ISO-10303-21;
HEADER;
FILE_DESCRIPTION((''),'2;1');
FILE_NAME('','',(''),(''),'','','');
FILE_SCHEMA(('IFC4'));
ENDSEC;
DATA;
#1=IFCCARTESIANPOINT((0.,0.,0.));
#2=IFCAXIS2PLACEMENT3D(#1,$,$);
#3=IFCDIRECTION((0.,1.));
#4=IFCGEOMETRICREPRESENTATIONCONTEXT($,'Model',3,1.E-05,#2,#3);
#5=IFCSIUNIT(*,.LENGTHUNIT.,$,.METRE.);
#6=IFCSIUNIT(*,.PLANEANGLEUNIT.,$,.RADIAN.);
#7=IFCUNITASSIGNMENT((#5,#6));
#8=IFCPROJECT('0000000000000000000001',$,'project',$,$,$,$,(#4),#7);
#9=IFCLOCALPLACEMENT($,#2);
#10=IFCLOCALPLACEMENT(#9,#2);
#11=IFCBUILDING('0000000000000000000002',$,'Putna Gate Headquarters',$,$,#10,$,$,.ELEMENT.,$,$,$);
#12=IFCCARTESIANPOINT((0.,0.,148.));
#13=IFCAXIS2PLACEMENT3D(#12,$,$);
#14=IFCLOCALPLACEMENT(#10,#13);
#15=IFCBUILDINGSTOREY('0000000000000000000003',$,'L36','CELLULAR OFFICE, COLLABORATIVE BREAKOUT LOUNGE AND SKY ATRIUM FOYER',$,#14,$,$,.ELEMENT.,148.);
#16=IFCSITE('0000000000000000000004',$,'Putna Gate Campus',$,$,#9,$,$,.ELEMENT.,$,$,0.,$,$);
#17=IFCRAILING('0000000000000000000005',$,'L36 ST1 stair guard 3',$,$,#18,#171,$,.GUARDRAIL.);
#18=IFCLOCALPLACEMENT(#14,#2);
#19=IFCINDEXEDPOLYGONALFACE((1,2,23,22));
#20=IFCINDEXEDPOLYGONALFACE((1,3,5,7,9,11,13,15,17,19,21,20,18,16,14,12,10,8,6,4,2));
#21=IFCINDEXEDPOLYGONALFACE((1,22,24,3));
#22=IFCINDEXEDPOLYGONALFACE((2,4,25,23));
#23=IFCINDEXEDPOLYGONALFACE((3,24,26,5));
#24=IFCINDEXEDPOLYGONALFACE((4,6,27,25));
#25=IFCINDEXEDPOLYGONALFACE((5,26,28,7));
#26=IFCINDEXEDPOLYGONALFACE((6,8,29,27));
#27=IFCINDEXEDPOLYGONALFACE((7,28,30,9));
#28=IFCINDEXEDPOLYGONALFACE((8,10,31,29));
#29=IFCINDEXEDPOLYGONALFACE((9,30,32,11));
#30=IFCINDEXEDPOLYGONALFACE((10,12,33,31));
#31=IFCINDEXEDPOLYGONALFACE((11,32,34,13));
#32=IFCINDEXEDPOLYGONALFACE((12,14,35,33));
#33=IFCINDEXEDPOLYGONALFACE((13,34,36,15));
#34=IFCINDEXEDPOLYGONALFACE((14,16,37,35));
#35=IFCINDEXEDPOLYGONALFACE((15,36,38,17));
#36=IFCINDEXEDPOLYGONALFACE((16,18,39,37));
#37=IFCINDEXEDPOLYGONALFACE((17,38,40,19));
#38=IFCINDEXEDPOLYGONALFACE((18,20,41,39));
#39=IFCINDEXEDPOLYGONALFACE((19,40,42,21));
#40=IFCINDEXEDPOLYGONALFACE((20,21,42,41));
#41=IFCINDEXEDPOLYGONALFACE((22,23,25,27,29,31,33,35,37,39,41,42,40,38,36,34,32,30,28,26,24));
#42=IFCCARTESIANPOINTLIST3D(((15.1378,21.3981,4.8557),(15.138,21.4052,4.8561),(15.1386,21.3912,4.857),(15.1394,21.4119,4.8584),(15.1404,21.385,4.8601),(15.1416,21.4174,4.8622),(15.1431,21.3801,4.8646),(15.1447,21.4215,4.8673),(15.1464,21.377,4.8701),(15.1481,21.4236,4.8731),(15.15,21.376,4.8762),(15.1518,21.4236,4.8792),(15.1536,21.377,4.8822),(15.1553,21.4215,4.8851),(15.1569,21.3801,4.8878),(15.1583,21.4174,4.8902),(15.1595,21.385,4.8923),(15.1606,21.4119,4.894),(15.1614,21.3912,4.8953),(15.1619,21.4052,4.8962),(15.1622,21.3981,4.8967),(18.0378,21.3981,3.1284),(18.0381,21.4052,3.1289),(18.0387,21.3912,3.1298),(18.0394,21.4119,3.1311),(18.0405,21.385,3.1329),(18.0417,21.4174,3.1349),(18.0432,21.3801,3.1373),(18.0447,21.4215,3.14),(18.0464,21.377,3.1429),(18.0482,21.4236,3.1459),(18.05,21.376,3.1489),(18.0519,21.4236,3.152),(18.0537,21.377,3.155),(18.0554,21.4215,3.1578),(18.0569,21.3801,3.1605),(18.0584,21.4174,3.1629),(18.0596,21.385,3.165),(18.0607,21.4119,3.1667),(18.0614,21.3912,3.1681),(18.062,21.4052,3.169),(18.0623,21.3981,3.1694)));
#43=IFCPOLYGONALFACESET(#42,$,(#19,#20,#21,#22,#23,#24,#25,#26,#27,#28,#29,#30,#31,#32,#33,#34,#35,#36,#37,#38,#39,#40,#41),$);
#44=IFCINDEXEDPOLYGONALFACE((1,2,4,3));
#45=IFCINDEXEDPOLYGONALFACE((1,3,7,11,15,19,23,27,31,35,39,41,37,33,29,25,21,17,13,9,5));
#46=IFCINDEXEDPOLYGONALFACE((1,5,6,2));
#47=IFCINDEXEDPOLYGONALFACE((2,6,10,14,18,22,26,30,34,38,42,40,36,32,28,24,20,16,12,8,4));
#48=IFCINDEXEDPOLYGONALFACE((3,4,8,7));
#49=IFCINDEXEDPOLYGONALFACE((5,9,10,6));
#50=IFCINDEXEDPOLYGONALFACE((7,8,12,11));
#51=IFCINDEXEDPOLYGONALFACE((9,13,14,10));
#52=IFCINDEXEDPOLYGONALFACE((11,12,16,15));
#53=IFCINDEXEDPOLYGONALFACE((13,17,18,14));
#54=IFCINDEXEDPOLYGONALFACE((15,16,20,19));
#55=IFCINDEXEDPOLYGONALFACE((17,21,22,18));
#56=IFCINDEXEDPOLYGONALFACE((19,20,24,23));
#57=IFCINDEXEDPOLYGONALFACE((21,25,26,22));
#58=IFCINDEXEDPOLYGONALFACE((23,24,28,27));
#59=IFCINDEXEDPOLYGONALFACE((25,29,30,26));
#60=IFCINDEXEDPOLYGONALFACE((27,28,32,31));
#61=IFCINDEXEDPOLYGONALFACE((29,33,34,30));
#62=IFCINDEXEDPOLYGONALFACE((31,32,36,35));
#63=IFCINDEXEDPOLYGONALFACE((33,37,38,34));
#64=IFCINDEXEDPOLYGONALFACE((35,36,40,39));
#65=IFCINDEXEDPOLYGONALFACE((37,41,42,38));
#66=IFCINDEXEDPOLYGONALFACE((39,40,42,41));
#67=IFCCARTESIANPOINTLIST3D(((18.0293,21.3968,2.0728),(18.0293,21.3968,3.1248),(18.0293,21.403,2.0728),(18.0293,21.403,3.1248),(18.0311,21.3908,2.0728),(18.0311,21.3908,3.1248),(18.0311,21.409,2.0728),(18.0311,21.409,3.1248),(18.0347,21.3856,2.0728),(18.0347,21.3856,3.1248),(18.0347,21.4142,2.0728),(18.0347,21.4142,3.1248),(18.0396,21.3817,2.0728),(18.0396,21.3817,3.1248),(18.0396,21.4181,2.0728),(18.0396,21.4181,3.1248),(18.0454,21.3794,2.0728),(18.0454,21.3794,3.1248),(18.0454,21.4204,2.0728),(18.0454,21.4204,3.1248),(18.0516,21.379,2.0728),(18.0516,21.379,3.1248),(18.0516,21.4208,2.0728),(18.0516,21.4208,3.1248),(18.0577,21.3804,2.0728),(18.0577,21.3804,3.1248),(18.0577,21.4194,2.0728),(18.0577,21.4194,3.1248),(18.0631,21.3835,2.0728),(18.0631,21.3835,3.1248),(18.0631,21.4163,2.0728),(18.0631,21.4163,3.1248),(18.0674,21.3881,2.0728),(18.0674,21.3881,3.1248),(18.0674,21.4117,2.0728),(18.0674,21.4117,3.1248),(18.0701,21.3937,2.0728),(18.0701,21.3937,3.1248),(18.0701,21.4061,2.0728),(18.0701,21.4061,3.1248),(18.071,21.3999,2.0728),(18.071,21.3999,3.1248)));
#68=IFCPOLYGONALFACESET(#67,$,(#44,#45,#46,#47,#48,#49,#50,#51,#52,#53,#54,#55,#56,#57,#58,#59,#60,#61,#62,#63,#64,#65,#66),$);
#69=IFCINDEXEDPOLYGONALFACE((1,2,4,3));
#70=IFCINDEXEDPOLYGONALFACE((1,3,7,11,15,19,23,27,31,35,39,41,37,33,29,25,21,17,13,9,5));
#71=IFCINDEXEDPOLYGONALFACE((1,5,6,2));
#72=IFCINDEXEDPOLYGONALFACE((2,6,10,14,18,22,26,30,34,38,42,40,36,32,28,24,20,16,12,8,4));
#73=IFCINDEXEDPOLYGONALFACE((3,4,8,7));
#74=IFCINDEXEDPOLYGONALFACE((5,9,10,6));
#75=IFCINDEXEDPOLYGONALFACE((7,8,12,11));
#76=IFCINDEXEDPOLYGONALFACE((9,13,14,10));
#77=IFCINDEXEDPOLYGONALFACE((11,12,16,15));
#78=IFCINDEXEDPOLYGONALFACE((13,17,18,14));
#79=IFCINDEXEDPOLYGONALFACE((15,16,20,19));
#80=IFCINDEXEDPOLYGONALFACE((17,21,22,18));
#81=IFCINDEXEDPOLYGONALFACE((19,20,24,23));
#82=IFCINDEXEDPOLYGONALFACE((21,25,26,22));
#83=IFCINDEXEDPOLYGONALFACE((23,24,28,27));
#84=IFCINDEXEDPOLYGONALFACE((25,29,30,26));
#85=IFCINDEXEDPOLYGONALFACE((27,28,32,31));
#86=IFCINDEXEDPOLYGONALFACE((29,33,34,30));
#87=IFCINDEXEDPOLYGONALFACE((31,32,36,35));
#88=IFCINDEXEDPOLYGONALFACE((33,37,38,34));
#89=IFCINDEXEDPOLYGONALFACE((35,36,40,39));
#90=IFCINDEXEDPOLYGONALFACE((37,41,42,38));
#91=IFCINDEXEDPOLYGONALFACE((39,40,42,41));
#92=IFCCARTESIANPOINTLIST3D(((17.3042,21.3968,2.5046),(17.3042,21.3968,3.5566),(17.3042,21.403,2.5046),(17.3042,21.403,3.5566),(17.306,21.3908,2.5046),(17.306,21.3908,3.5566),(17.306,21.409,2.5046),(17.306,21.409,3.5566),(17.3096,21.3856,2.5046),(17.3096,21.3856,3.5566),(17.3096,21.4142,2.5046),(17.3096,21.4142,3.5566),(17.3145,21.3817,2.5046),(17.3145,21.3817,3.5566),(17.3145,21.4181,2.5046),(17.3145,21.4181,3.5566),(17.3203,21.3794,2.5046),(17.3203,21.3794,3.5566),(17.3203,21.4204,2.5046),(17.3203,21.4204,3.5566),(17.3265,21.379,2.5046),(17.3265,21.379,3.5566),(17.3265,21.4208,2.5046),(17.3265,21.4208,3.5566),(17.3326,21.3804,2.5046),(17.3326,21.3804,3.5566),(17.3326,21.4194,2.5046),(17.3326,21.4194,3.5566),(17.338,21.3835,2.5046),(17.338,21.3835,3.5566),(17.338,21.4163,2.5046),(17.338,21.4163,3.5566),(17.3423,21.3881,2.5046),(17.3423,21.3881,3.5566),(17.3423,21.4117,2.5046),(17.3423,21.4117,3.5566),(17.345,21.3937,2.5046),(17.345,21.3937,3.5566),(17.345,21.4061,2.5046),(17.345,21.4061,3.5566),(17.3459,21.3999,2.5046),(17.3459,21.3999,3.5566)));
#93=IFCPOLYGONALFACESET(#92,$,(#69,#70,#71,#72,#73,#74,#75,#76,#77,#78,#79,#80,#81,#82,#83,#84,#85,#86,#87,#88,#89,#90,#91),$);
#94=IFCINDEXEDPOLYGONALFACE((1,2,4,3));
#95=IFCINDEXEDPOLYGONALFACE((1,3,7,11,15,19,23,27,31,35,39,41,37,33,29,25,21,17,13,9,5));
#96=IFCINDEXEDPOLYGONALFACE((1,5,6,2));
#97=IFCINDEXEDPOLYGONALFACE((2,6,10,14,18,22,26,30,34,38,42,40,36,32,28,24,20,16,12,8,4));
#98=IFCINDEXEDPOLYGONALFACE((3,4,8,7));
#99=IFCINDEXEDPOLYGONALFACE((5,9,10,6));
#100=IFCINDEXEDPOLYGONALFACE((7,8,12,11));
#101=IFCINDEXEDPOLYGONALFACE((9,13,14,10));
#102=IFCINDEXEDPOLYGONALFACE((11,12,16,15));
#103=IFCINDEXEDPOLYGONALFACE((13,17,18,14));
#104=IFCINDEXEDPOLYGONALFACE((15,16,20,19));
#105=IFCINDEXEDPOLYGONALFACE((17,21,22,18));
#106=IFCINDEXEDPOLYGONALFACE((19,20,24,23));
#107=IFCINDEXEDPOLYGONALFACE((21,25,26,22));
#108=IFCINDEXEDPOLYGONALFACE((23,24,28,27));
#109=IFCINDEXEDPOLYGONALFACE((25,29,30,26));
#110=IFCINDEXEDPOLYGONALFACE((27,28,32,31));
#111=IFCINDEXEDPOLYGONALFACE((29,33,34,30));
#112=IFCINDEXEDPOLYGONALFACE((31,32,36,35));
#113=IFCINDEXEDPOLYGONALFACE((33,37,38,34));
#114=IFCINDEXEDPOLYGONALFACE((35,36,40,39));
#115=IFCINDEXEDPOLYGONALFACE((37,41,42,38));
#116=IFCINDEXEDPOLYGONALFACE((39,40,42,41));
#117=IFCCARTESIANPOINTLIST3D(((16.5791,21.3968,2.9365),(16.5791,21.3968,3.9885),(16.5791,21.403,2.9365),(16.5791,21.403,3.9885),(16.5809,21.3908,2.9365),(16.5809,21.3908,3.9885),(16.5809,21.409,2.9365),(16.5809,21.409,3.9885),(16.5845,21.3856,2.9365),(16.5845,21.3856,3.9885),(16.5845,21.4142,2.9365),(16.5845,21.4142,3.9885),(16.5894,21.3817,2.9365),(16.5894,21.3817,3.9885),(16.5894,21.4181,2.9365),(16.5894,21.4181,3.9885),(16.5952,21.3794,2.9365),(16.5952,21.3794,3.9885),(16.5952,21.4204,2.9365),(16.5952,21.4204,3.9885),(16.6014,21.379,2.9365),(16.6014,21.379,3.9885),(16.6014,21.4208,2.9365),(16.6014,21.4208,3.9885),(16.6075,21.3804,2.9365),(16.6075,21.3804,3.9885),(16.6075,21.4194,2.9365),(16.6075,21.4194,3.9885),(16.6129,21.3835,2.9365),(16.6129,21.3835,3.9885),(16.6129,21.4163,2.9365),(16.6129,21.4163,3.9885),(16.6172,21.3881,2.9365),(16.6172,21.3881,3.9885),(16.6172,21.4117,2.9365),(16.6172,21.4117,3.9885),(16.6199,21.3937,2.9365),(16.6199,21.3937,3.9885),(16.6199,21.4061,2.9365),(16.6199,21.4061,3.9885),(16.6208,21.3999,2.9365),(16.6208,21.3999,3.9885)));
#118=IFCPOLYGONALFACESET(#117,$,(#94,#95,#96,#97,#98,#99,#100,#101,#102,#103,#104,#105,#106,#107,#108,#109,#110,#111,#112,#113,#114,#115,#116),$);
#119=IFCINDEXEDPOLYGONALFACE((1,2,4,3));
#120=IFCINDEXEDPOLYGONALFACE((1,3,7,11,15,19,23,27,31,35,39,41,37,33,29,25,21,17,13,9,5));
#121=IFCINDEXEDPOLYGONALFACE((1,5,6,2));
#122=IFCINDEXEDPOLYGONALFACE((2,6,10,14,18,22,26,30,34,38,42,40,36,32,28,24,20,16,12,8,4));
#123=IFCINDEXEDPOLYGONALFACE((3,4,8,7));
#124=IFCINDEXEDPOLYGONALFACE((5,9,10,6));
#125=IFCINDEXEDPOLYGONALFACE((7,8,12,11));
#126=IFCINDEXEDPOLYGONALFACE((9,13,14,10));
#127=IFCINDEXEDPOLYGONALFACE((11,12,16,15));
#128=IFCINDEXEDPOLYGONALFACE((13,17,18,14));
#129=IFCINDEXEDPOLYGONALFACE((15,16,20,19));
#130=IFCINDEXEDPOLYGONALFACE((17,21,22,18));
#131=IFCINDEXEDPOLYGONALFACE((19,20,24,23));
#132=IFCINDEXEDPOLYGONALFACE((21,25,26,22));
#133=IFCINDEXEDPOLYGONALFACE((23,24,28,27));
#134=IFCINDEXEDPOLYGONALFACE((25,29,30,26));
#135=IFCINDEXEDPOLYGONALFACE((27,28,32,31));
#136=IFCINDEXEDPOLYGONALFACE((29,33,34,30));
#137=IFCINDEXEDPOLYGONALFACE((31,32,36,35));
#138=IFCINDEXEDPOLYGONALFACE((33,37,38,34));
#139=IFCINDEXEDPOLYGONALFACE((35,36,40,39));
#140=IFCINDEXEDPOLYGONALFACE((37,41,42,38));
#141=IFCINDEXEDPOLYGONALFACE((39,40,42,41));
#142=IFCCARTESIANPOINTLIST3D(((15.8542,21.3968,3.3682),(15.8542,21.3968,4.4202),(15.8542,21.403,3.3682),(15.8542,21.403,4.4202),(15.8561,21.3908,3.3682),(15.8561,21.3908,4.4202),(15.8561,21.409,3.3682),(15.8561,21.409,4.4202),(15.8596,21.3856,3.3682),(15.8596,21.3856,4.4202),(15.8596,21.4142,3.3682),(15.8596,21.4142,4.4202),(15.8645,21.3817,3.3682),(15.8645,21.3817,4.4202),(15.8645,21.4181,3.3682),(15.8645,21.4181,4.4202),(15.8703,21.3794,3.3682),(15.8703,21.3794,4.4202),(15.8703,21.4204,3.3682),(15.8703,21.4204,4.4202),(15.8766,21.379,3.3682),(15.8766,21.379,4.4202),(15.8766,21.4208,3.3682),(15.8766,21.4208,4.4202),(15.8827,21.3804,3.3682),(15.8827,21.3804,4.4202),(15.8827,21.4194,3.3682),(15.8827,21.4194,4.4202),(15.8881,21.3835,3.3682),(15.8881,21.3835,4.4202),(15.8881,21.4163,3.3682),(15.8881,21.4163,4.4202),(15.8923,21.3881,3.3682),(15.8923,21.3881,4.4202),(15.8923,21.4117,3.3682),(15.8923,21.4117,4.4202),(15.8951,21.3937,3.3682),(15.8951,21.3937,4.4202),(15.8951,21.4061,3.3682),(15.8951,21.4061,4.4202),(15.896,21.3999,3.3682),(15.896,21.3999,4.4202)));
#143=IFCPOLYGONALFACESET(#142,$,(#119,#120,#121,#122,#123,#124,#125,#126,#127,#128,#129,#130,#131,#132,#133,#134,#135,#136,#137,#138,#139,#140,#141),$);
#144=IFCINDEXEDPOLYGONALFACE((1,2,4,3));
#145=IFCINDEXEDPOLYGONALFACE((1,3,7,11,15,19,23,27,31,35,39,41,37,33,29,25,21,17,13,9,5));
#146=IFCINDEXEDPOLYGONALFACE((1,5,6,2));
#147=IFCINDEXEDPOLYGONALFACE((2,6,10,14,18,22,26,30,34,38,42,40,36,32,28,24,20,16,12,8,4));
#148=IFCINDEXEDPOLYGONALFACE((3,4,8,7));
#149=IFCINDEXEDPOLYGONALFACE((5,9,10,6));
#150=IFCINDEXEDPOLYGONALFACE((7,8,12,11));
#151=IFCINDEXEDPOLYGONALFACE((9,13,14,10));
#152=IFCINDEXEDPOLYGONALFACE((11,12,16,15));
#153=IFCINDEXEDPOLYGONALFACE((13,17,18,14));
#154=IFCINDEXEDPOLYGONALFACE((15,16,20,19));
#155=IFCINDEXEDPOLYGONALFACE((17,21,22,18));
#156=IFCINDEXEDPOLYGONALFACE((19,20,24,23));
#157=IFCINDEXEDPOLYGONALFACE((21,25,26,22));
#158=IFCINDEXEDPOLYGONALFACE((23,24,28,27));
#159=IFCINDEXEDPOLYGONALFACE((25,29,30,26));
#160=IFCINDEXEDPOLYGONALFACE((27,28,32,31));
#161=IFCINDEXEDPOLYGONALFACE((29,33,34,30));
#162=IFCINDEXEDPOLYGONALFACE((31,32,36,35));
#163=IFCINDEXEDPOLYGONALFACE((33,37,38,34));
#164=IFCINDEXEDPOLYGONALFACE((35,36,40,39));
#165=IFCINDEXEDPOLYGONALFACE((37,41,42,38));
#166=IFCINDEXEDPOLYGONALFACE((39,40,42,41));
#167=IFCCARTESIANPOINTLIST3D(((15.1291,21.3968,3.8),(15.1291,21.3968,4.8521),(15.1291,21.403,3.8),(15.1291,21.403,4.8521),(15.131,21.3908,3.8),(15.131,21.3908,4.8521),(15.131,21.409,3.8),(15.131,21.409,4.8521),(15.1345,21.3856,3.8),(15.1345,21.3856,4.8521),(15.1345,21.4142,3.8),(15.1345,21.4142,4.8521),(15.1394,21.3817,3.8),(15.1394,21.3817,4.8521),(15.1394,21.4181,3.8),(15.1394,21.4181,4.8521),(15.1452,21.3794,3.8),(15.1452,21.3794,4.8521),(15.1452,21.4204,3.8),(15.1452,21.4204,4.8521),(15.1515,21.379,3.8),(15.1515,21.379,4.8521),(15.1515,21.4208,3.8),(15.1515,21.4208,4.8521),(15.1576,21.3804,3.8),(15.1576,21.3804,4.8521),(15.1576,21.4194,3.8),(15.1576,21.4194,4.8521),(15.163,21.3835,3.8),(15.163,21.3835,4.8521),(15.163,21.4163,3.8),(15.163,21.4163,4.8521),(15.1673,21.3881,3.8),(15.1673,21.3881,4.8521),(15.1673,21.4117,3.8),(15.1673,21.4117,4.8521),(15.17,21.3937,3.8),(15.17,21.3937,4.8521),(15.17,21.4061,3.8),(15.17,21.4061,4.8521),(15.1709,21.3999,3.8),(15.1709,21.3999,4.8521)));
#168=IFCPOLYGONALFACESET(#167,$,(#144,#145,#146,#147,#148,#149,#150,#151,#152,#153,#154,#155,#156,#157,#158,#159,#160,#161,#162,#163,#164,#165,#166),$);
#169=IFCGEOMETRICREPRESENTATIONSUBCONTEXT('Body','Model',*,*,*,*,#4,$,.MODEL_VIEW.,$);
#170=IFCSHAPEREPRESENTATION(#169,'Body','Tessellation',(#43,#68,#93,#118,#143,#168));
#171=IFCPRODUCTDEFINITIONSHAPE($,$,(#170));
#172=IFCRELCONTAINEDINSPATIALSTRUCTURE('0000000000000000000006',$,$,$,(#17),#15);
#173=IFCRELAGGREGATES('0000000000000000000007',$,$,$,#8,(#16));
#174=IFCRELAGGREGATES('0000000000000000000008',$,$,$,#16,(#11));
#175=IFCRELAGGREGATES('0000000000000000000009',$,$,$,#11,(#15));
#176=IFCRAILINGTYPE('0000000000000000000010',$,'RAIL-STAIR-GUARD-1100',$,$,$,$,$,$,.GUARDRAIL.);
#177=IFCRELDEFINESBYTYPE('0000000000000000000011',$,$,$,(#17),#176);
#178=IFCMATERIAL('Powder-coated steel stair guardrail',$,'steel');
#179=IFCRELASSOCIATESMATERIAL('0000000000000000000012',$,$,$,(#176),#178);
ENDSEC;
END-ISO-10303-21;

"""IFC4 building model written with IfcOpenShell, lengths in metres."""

from ifc_helpers import new_model, si_unit, direction, frame, origin, origin_2d, place, context, subcontext, project, spatial, circle, extrude, material, type_object, element, save


model = new_model("IFC4")

# Units and contexts
model_context = context("Model", 3, precision=1e-05, world=origin(), true_north=direction((0.0, 1.0)))
body_context = subcontext(model_context, "Body", "Model", "MODEL_VIEW")
ifc_project = project(units=[si_unit("LENGTHUNIT", "METRE"), si_unit("PLANEANGLEUNIT", "RADIAN")], contexts=[model_context])

# Site, building, storey
site_placement = place(None, origin())
site = spatial("IfcSite", under=ifc_project, at=site_placement, Name="Putna Gate Campus", CompositionType="ELEMENT", RefElevation=0.0)
building_placement = place(site_placement, origin())
building = spatial("IfcBuilding", under=site, at=building_placement, Name="Putna Gate Headquarters", CompositionType="ELEMENT")
storey_placement = place(building_placement, frame((0.0, 0.0, 148.0)))
storey = spatial("IfcBuildingStorey", under=building, at=storey_placement, Name="L36", Description="CELLULAR OFFICE, COLLABORATIVE BREAKOUT LOUNGE AND SKY ATRIUM FOYER", CompositionType="ELEMENT", Elevation=148.0)

# Railing
ifc_material_1 = material(Name="Powder-coated steel stair guardrail", Category="steel")
railing_type_1 = type_object("IfcRailingType", Name="RAIL-STAIR-GUARD-1100", PredefinedType="GUARDRAIL", material=ifc_material_1)
railing_1_placement = place(storey_placement, frame((18.05, 21.3999, 2.0728)))
element("IfcRailing", 1, at=railing_1_placement, inside=storey, type_object=railing_type_1, Name="L36 ST1 stair guard 3", PredefinedType="GUARDRAIL", context=body_context, shape_type="SweptSolid", body=[
    extrude(circle(Radius=0.0239, at=origin_2d()), frame((0.0, 0.0, 1.0762), z_axis=(-0.85916, 0.0, 0.511706), x_axis=(0.0, -1.0, 0.0)), (0.0, 0.0, 1.0), 3.3755),
    extrude(circle(Radius=0.021, at=origin_2d()), origin(), (0.0, 0.0, 1.0), 1.052),
    extrude(circle(Radius=0.021, at=origin_2d()), frame((-0.7251, 0.0, 0.4319)), (0.0, 0.0, 1.0), 1.052),
    extrude(circle(Radius=0.021, at=origin_2d()), frame((-1.4502, 0.0, 0.8638)), (0.0, 0.0, 1.0), 1.052),
    extrude(circle(Radius=0.021, at=origin_2d()), frame((-2.175, 0.0, 1.2954)), (0.0, 0.0, 1.0), 1.052),
    extrude(circle(Radius=0.021, at=origin_2d()), frame((-2.9001, 0.0, 1.7273)), (0.0, 0.0, 1.0), 1.052),
])

save(model, "model.ifc")
